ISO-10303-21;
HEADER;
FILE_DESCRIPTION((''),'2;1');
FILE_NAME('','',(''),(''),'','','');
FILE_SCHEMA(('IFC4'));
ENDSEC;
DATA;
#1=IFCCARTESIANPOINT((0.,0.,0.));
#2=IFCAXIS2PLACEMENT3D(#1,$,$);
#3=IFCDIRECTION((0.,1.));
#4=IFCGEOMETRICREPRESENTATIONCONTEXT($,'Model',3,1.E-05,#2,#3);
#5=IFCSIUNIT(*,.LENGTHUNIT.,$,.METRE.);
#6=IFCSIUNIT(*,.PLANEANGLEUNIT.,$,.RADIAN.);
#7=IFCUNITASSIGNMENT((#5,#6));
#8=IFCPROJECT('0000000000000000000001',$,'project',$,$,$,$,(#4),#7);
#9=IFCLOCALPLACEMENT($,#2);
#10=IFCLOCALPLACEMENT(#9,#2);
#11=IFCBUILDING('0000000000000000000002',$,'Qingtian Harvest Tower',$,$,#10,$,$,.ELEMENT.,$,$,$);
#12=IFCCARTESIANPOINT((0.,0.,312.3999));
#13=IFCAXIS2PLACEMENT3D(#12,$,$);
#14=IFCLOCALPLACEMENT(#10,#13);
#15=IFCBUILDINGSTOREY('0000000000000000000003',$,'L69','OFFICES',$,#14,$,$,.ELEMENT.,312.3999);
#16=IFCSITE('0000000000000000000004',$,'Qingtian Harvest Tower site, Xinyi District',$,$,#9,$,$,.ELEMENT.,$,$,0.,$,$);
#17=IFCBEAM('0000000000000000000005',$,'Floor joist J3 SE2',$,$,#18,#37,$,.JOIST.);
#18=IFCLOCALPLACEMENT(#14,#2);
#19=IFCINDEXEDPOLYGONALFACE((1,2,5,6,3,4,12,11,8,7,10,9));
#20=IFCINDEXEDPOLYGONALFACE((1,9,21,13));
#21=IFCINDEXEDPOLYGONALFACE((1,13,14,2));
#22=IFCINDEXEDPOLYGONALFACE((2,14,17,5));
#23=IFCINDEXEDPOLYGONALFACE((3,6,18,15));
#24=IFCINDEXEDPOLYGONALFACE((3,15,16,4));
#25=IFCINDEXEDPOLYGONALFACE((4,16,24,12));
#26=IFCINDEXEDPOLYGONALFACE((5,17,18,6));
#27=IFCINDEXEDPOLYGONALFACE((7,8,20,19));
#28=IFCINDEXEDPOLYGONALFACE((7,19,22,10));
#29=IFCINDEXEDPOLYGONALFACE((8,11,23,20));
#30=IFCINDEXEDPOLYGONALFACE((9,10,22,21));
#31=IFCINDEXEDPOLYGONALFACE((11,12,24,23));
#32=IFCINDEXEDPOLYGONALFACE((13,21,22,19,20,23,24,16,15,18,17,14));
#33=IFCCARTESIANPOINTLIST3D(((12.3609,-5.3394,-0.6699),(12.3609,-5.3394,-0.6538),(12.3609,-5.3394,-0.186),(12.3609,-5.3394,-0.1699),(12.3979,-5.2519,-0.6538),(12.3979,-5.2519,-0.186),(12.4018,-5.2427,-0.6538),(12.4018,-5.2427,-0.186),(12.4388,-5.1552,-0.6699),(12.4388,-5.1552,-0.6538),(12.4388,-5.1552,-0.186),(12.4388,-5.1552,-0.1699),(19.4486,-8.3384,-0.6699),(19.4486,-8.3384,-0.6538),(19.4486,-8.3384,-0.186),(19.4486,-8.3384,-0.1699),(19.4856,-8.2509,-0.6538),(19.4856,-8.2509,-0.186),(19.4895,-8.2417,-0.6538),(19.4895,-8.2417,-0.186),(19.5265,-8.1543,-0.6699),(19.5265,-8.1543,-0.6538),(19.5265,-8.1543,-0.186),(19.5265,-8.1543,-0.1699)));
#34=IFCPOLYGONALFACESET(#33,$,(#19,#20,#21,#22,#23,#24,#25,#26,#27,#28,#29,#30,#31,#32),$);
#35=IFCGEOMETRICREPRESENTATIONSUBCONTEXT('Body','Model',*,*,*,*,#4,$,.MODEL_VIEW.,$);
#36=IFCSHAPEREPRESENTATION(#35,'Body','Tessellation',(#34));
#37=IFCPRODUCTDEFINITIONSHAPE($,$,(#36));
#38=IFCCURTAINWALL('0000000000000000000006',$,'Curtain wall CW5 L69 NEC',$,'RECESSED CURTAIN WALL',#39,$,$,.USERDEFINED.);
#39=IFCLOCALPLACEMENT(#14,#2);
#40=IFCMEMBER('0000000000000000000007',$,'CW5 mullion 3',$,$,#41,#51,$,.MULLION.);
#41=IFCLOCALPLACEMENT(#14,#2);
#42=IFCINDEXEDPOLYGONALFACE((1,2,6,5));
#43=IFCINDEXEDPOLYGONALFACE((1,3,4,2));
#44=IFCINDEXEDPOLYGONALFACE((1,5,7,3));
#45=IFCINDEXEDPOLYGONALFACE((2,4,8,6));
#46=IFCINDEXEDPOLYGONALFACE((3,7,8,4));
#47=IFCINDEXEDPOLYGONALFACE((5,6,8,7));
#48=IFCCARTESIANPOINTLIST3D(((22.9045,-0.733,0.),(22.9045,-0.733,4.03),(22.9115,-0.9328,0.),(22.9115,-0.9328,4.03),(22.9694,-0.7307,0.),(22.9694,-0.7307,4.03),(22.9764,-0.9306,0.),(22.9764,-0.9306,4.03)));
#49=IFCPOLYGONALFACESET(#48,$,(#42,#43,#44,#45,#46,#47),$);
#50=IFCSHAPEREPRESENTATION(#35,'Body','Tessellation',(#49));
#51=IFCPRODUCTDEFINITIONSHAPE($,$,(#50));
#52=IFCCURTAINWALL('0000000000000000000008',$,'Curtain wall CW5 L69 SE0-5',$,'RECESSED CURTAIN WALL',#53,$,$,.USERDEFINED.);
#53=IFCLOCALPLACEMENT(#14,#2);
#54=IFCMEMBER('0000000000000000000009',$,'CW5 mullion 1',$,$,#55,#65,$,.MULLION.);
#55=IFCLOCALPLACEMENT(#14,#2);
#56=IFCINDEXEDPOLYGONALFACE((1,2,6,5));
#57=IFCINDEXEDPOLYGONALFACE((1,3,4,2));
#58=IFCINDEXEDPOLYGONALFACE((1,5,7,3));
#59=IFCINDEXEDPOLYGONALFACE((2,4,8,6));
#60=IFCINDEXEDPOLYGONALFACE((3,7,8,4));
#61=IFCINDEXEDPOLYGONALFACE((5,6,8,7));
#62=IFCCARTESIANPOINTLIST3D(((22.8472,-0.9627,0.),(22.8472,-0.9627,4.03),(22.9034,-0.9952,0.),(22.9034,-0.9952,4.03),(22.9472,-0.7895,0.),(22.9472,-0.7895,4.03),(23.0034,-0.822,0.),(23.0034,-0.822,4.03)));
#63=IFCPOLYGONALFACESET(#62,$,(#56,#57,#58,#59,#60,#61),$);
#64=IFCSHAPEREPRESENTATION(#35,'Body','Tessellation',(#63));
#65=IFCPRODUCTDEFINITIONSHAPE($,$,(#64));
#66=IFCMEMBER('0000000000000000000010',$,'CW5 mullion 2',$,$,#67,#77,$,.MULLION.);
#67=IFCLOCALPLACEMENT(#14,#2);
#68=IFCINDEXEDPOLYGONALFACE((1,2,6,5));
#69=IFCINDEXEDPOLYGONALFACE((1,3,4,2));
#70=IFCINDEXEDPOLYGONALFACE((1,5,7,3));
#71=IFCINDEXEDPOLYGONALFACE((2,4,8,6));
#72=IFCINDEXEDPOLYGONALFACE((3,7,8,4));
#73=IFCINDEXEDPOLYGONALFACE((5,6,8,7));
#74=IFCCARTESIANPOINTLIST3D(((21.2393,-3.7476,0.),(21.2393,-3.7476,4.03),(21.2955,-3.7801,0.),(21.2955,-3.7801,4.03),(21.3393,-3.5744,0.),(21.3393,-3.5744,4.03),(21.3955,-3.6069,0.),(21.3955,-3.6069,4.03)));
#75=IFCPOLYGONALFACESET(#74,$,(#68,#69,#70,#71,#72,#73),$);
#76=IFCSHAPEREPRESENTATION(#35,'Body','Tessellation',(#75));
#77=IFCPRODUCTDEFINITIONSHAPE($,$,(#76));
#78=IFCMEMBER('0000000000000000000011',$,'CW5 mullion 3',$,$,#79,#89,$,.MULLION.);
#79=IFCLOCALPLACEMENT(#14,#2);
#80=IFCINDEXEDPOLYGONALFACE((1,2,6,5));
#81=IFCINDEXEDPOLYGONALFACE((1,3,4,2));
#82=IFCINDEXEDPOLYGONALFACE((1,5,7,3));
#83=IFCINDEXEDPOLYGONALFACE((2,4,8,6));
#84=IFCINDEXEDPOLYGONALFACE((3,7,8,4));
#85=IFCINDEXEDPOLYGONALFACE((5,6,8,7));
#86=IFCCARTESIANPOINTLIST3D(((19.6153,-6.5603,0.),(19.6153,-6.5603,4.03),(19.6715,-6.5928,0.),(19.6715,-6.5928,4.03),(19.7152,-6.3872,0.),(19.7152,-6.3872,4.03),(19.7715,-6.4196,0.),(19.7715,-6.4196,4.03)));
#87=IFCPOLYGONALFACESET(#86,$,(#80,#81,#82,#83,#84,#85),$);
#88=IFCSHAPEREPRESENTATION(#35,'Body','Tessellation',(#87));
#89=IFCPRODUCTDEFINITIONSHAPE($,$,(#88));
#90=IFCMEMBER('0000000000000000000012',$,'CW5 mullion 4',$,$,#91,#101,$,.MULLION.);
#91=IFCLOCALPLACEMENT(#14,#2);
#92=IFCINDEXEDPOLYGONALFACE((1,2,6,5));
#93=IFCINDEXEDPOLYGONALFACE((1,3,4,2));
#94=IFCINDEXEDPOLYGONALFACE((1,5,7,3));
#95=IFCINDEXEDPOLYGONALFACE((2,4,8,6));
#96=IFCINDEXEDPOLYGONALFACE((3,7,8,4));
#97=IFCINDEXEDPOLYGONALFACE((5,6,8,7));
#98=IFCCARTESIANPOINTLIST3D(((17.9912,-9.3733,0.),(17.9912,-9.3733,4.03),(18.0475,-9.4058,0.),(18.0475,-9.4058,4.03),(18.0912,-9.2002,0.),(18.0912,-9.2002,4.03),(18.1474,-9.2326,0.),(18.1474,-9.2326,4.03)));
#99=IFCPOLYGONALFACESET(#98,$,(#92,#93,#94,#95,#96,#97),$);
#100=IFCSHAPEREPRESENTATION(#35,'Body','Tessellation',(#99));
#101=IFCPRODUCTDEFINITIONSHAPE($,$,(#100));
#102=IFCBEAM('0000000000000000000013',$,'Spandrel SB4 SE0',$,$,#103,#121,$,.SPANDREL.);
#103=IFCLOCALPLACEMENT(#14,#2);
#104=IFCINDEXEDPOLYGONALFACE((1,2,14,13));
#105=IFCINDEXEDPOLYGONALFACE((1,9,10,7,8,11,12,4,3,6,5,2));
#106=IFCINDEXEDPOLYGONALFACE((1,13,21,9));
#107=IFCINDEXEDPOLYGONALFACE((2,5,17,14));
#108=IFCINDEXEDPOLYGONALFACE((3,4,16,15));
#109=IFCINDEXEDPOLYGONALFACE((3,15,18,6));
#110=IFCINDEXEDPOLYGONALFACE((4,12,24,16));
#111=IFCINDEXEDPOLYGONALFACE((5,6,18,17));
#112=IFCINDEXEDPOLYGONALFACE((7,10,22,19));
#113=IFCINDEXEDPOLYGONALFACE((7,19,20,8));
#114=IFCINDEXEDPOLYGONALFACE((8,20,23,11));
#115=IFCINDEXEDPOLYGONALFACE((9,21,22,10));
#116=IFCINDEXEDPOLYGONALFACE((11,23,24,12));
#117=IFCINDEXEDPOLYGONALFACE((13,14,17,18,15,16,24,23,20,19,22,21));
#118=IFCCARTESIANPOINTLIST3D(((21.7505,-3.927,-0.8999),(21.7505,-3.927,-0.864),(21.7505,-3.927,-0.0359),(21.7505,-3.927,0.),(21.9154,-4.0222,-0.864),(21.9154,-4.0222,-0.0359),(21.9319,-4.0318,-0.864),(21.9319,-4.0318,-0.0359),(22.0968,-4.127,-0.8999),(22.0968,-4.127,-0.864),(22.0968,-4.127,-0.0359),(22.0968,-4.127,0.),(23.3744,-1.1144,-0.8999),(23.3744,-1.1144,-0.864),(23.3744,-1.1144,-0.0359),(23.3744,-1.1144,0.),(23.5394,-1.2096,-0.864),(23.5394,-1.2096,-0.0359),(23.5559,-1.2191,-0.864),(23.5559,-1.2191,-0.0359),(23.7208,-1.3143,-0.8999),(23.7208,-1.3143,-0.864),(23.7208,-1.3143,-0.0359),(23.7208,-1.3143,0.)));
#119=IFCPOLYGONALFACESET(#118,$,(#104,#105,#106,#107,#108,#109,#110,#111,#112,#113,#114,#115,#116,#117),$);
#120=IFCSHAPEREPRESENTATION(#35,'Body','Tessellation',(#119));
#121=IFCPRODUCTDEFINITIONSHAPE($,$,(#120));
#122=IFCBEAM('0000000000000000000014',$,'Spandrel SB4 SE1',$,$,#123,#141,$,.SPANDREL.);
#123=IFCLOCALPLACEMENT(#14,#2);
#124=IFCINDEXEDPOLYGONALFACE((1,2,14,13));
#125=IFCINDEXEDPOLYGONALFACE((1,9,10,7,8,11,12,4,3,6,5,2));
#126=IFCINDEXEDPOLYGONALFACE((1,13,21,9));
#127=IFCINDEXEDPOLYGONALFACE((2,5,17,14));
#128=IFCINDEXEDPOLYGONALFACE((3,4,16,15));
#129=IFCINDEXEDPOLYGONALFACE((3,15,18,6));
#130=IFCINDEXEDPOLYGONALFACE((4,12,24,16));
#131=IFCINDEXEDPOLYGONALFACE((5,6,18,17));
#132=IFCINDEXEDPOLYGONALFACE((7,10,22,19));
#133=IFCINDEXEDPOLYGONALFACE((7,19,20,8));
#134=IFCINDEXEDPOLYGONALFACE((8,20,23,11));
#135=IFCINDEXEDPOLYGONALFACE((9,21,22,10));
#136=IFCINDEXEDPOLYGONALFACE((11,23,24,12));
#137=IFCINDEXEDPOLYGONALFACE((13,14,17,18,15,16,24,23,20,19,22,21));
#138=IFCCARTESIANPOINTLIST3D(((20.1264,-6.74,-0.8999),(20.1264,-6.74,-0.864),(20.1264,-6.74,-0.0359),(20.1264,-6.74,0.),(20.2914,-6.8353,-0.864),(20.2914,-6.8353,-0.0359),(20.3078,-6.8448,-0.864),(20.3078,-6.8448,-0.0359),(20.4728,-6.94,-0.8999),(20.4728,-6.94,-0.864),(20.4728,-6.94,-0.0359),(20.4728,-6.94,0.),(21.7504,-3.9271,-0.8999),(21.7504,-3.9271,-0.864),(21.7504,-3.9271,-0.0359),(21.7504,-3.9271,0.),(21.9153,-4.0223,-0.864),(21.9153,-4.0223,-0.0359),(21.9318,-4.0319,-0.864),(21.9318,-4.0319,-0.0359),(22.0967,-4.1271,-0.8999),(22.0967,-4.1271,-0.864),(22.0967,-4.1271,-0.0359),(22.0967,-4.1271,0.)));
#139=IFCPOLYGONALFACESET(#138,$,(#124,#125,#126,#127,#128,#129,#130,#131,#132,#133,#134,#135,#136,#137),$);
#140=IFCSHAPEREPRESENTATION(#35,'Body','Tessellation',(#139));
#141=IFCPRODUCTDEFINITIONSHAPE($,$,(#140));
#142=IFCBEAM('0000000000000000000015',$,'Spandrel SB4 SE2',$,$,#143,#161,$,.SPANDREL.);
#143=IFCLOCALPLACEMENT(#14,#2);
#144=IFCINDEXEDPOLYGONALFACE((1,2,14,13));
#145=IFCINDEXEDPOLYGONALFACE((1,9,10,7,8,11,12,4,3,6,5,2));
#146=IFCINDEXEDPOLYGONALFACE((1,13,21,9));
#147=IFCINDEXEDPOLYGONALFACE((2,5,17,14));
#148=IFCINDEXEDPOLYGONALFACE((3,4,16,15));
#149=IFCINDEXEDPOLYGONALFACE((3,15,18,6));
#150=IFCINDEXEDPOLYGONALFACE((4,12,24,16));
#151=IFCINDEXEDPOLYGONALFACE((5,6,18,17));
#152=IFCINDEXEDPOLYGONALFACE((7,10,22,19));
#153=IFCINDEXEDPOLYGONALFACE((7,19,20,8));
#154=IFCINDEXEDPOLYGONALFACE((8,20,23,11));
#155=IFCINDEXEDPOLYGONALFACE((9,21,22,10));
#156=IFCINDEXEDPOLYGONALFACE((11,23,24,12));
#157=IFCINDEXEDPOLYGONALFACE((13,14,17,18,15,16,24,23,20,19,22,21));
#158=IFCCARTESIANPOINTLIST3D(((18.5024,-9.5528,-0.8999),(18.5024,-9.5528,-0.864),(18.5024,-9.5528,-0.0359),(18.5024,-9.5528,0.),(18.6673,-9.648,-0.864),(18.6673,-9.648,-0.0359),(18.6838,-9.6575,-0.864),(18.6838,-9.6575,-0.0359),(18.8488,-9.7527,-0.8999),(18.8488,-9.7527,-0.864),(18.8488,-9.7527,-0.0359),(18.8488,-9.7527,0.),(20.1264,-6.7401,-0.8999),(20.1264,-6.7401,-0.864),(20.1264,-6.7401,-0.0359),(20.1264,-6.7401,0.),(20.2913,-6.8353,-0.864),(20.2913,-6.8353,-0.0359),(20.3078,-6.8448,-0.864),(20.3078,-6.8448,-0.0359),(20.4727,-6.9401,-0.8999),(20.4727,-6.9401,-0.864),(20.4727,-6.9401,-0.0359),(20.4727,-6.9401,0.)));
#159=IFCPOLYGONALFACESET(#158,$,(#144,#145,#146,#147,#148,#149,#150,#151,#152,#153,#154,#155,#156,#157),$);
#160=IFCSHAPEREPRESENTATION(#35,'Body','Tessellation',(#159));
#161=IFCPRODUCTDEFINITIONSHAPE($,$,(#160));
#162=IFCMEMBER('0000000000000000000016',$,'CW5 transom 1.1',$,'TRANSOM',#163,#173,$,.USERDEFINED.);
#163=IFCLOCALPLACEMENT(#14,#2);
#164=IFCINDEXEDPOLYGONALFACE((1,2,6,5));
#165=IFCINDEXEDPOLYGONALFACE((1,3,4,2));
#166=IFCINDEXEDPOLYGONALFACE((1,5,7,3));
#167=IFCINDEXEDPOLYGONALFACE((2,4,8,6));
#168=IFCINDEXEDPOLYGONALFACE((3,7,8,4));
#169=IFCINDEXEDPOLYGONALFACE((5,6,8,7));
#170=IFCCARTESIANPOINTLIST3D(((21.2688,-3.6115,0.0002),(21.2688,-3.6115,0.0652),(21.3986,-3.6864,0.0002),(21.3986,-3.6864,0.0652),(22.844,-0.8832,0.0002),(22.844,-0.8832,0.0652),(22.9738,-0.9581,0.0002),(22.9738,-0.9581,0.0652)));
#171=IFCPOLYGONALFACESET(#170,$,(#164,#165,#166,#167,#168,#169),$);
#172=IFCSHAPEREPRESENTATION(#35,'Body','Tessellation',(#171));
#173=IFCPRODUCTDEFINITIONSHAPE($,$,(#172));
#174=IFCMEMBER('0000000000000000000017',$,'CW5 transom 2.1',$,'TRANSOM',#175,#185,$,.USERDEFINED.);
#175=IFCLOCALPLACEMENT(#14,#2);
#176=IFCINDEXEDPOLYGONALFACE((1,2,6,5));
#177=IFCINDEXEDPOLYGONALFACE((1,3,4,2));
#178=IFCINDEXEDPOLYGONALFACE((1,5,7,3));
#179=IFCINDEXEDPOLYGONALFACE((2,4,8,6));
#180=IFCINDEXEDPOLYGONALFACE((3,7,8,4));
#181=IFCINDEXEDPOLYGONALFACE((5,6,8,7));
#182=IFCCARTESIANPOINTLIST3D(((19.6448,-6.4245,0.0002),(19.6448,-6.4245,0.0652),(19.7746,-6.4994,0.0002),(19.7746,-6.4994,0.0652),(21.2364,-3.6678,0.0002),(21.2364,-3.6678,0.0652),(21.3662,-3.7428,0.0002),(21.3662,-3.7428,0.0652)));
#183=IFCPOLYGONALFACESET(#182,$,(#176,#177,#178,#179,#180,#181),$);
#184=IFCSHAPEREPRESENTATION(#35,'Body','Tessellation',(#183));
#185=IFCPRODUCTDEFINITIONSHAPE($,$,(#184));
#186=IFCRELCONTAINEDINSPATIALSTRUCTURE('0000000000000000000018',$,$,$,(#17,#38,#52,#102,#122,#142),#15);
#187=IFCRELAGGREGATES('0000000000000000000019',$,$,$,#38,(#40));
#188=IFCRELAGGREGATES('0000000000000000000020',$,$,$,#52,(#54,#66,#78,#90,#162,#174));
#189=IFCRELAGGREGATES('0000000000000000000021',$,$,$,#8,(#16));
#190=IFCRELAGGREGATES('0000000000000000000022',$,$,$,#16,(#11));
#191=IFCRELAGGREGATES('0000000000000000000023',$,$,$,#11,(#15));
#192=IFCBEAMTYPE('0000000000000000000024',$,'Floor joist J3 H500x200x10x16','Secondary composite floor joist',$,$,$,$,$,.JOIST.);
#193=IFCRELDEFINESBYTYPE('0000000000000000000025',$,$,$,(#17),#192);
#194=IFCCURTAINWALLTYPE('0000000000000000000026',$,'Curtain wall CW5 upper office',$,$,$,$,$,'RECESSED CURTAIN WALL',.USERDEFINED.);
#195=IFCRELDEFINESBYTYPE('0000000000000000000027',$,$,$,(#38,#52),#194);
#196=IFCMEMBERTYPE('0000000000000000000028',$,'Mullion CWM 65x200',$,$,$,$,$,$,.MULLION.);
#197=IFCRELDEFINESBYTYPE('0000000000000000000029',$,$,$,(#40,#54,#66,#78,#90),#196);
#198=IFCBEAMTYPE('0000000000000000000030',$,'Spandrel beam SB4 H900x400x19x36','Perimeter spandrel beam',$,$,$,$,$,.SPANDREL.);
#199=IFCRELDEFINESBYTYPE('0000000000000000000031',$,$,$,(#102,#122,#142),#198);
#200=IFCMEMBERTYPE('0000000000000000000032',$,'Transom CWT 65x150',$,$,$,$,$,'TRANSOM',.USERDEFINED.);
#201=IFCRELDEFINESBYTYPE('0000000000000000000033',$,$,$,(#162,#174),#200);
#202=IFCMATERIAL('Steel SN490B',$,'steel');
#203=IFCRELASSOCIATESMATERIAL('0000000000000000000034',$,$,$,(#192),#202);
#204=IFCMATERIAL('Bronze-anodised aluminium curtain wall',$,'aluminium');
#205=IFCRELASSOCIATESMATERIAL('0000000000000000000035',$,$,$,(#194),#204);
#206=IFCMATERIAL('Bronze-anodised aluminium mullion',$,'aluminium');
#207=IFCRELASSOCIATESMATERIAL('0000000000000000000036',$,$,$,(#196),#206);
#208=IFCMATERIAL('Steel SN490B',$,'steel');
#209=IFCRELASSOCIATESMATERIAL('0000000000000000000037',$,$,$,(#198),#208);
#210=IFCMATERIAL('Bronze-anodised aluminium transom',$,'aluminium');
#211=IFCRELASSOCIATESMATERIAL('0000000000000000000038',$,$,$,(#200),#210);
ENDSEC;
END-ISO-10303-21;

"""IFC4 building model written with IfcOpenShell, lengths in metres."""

from ifc_helpers import new_model, si_unit, direction, frame, origin, origin_2d, place, context, subcontext, project, spatial, rectangle, i_section, extrude, material, material_profile, profile_set, type_object, element, aggregate, save


model = new_model("IFC4")

# Units and contexts
model_context = context("Model", 3, precision=1e-05, world=origin(), true_north=direction((0.0, 1.0)))
body_context = subcontext(model_context, "Body", "Model", "MODEL_VIEW")
ifc_project = project(units=[si_unit("LENGTHUNIT", "METRE"), si_unit("PLANEANGLEUNIT", "RADIAN")], contexts=[model_context])

# Site, building, storey
site_placement = place(None, origin())
site = spatial("IfcSite", under=ifc_project, at=site_placement, Name="Qingtian Harvest Tower site, Xinyi District", CompositionType="ELEMENT", RefElevation=0.0)
building_placement = place(site_placement, origin())
building = spatial("IfcBuilding", under=site, at=building_placement, Name="Qingtian Harvest Tower", CompositionType="ELEMENT")
storey_placement = place(building_placement, frame((0.0, 0.0, 312.3999)))
storey = spatial("IfcBuildingStorey", under=building, at=storey_placement, Name="L69", Description="OFFICES", CompositionType="ELEMENT", Elevation=312.3999)

# Beam
ifc_material_1 = material(Name="Steel SN490B", Category="steel")
ifc_material_profile_1 = material_profile(ifc_material_1, i_section(OverallWidth=0.2, OverallDepth=0.5, WebThickness=0.01, FlangeThickness=0.0161, at=origin_2d()), Name="H500x200x10x16")
ifc_profile_set_1 = profile_set([ifc_material_profile_1], Name="Steel SN490B")
beam_type_1 = type_object("IfcBeamType", Name="Floor joist J3 H500x200x10x16", Description="Secondary composite floor joist", PredefinedType="JOIST", material=ifc_profile_set_1)
beam_1_placement = place(storey_placement, frame((19.4875, -8.2463, -0.4199), z_axis=(-0.920948, 0.389684, 0.0), x_axis=(-0.389684, -0.920948, 0.0)))
element("IfcBeam", 1, at=beam_1_placement, inside=storey, type_object=beam_type_1, Name="Floor joist J3 SE2", PredefinedType="JOIST", context=body_context, shape_type="SweptSolid", body=[
    extrude(i_section(OverallWidth=0.2, OverallDepth=0.5, WebThickness=0.01, FlangeThickness=0.0161, at=origin_2d()), origin(), (0.0, 0.0, 1.0), 7.696),
])

# Curtain wall, member
ifc_material_2 = material(Name="Bronze-anodised aluminium curtain wall", Category="aluminium")
curtain_wall_type = type_object("IfcCurtainWallType", Name="Curtain wall CW5 upper office", ElementType="RECESSED CURTAIN WALL", PredefinedType="USERDEFINED", material=ifc_material_2)
curtain_wall_1_placement = place(storey_placement, origin())
curtain_wall_1 = element("IfcCurtainWall", 2, at=curtain_wall_1_placement, inside=storey, type_object=curtain_wall_type, Name="Curtain wall CW5 L69 NEC", ObjectType="RECESSED CURTAIN WALL", PredefinedType="USERDEFINED")
ifc_material_3 = material(Name="Bronze-anodised aluminium mullion", Category="aluminium")
ifc_material_profile_2 = material_profile(ifc_material_3, rectangle(XDim=0.0649, YDim=0.2, at=origin_2d()), Name="AL 65x200")
ifc_profile_set_2 = profile_set([ifc_material_profile_2], Name="Bronze-anodised aluminium mullion")
member_type_1 = type_object("IfcMemberType", Name="Mullion CWM 65x200", PredefinedType="MULLION", material=ifc_profile_set_2)
member_1_placement = place(storey_placement, frame((22.9404, -0.8318, 0.0), z_axis=(0.0, 0.0, 1.0), x_axis=(0.999391, 0.034899, 0.0)))
member_1 = element("IfcMember", 3, at=member_1_placement, type_object=member_type_1, Name="CW5 mullion 3", PredefinedType="MULLION", context=body_context, shape_type="SweptSolid", body=[
    extrude(rectangle(XDim=0.0649, YDim=0.2, at=origin_2d()), origin(), (0.0, 0.0, 1.0), 4.03),
])

# Curtain wall, members
curtain_wall_2_placement = place(storey_placement, origin())
curtain_wall_2 = element("IfcCurtainWall", 4, at=curtain_wall_2_placement, inside=storey, type_object=curtain_wall_type, Name="Curtain wall CW5 L69 SE0-5", ObjectType="RECESSED CURTAIN WALL", PredefinedType="USERDEFINED")
member_2_placement = place(storey_placement, frame((22.9253, -0.8923, 0.0), z_axis=(0.0, 0.0, 1.0), x_axis=(0.866025, -0.5, 0.0)))
member_2 = element("IfcMember", 5, at=member_2_placement, type_object=member_type_1, Name="CW5 mullion 1", PredefinedType="MULLION", context=body_context, shape_type="SweptSolid", body=[
    extrude(rectangle(XDim=0.0649, YDim=0.2, at=origin_2d()), origin(), (0.0, 0.0, 1.0), 4.03),
])
member_3_placement = place(storey_placement, frame((21.3174, -3.6772, 0.0), z_axis=(0.0, 0.0, 1.0), x_axis=(0.866025, -0.5, 0.0)))
member_3 = element("IfcMember", 6, at=member_3_placement, type_object=member_type_1, Name="CW5 mullion 2", PredefinedType="MULLION", context=body_context, shape_type="SweptSolid", body=[
    extrude(rectangle(XDim=0.0649, YDim=0.2, at=origin_2d()), origin(), (0.0, 0.0, 1.0), 4.03),
])
member_4_placement = place(storey_placement, frame((19.6934, -6.49, 0.0), z_axis=(0.0, 0.0, 1.0), x_axis=(0.866025, -0.5, 0.0)))
member_4 = element("IfcMember", 7, at=member_4_placement, type_object=member_type_1, Name="CW5 mullion 3", PredefinedType="MULLION", context=body_context, shape_type="SweptSolid", body=[
    extrude(rectangle(XDim=0.0649, YDim=0.2, at=origin_2d()), origin(), (0.0, 0.0, 1.0), 4.03),
])
member_5_placement = place(storey_placement, frame((18.0693, -9.303, 0.0), z_axis=(0.0, 0.0, 1.0), x_axis=(0.866025, -0.5, 0.0)))
member_5 = element("IfcMember", 8, at=member_5_placement, type_object=member_type_1, Name="CW5 mullion 4", PredefinedType="MULLION", context=body_context, shape_type="SweptSolid", body=[
    extrude(rectangle(XDim=0.0649, YDim=0.2, at=origin_2d()), origin(), (0.0, 0.0, 1.0), 4.03),
])

# Beams
ifc_material_4 = material(Name="Steel SN490B", Category="steel")
ifc_material_profile_3 = material_profile(ifc_material_4, i_section(OverallWidth=0.3999, OverallDepth=0.8999, WebThickness=0.019, FlangeThickness=0.0359, at=origin_2d()), Name="H900x400x19x36")
ifc_profile_set_3 = profile_set([ifc_material_profile_3], Name="Steel SN490B")
beam_type_2 = type_object("IfcBeamType", Name="Spandrel beam SB4 H900x400x19x36", Description="Perimeter spandrel beam", PredefinedType="SPANDREL", material=ifc_profile_set_3)
beam_2_placement = place(storey_placement, frame((23.5476, -1.2144, -0.45), z_axis=(-0.50002, -0.866014, 0.0), x_axis=(0.866014, -0.50002, 0.0)))
element("IfcBeam", 9, at=beam_2_placement, inside=storey, type_object=beam_type_2, Name="Spandrel SB4 SE0", PredefinedType="SPANDREL", context=body_context, shape_type="SweptSolid", body=[
    extrude(i_section(OverallWidth=0.3999, OverallDepth=0.8999, WebThickness=0.019, FlangeThickness=0.0359, at=origin_2d()), origin(), (0.0, 0.0, 1.0), 3.2478),
])
beam_3_placement = place(storey_placement, frame((21.9236, -4.0271, -0.45), z_axis=(-0.499987, -0.866033, 0.0), x_axis=(0.866033, -0.499987, 0.0)))
element("IfcBeam", 10, at=beam_3_placement, inside=storey, type_object=beam_type_2, Name="Spandrel SB4 SE1", PredefinedType="SPANDREL", context=body_context, shape_type="SweptSolid", body=[
    extrude(i_section(OverallWidth=0.3999, OverallDepth=0.8999, WebThickness=0.019, FlangeThickness=0.0359, at=origin_2d()), origin(), (0.0, 0.0, 1.0), 3.248),
])
beam_4_placement = place(storey_placement, frame((20.2996, -6.8401, -0.45), z_axis=(-0.50002, -0.866014, 0.0), x_axis=(0.866014, -0.50002, 0.0)))
element("IfcBeam", 11, at=beam_4_placement, inside=storey, type_object=beam_type_2, Name="Spandrel SB4 SE2", PredefinedType="SPANDREL", context=body_context, shape_type="SweptSolid", body=[
    extrude(i_section(OverallWidth=0.3999, OverallDepth=0.8999, WebThickness=0.019, FlangeThickness=0.0359, at=origin_2d()), origin(), (0.0, 0.0, 1.0), 3.2478),
])

# Members
ifc_material_5 = material(Name="Bronze-anodised aluminium transom", Category="aluminium")
ifc_material_profile_4 = material_profile(ifc_material_5, rectangle(XDim=0.1499, YDim=0.0649, at=origin_2d()), Name="AL 65x150")
ifc_profile_set_4 = profile_set([ifc_material_profile_4], Name="Bronze-anodised aluminium transom")
member_type_2 = type_object("IfcMemberType", Name="Transom CWT 65x150", ElementType="TRANSOM", PredefinedType="USERDEFINED", material=ifc_profile_set_4)
member_6_placement = place(storey_placement, frame((22.9089, -0.9207, 0.0327), z_axis=(-0.500006, -0.866022, 0.0), x_axis=(0.866022, -0.500006, 0.0)))
member_6 = element("IfcMember", 12, at=member_6_placement, type_object=member_type_2, Name="CW5 transom 1.1", ObjectType="TRANSOM", PredefinedType="USERDEFINED", context=body_context, shape_type="SweptSolid", body=[
    extrude(rectangle(XDim=0.1499, YDim=0.0649, at=origin_2d()), origin(), (0.0, 0.0, 1.0), 3.1504),
])
member_7_placement = place(storey_placement, frame((21.3013, -3.7053, 0.0327), z_axis=(-0.500008, -0.866021, 0.0), x_axis=(0.866021, -0.500008, 0.0)))
member_7 = element("IfcMember", 13, at=member_7_placement, type_object=member_type_2, Name="CW5 transom 2.1", ObjectType="TRANSOM", PredefinedType="USERDEFINED", context=body_context, shape_type="SweptSolid", body=[
    extrude(rectangle(XDim=0.1499, YDim=0.0649, at=origin_2d()), origin(), (0.0, 0.0, 1.0), 3.1831),
])

aggregate(curtain_wall_1, [member_1])
aggregate(curtain_wall_2, [member_2, member_3, member_4, member_5, member_6, member_7])

save(model, "model.ifc")
